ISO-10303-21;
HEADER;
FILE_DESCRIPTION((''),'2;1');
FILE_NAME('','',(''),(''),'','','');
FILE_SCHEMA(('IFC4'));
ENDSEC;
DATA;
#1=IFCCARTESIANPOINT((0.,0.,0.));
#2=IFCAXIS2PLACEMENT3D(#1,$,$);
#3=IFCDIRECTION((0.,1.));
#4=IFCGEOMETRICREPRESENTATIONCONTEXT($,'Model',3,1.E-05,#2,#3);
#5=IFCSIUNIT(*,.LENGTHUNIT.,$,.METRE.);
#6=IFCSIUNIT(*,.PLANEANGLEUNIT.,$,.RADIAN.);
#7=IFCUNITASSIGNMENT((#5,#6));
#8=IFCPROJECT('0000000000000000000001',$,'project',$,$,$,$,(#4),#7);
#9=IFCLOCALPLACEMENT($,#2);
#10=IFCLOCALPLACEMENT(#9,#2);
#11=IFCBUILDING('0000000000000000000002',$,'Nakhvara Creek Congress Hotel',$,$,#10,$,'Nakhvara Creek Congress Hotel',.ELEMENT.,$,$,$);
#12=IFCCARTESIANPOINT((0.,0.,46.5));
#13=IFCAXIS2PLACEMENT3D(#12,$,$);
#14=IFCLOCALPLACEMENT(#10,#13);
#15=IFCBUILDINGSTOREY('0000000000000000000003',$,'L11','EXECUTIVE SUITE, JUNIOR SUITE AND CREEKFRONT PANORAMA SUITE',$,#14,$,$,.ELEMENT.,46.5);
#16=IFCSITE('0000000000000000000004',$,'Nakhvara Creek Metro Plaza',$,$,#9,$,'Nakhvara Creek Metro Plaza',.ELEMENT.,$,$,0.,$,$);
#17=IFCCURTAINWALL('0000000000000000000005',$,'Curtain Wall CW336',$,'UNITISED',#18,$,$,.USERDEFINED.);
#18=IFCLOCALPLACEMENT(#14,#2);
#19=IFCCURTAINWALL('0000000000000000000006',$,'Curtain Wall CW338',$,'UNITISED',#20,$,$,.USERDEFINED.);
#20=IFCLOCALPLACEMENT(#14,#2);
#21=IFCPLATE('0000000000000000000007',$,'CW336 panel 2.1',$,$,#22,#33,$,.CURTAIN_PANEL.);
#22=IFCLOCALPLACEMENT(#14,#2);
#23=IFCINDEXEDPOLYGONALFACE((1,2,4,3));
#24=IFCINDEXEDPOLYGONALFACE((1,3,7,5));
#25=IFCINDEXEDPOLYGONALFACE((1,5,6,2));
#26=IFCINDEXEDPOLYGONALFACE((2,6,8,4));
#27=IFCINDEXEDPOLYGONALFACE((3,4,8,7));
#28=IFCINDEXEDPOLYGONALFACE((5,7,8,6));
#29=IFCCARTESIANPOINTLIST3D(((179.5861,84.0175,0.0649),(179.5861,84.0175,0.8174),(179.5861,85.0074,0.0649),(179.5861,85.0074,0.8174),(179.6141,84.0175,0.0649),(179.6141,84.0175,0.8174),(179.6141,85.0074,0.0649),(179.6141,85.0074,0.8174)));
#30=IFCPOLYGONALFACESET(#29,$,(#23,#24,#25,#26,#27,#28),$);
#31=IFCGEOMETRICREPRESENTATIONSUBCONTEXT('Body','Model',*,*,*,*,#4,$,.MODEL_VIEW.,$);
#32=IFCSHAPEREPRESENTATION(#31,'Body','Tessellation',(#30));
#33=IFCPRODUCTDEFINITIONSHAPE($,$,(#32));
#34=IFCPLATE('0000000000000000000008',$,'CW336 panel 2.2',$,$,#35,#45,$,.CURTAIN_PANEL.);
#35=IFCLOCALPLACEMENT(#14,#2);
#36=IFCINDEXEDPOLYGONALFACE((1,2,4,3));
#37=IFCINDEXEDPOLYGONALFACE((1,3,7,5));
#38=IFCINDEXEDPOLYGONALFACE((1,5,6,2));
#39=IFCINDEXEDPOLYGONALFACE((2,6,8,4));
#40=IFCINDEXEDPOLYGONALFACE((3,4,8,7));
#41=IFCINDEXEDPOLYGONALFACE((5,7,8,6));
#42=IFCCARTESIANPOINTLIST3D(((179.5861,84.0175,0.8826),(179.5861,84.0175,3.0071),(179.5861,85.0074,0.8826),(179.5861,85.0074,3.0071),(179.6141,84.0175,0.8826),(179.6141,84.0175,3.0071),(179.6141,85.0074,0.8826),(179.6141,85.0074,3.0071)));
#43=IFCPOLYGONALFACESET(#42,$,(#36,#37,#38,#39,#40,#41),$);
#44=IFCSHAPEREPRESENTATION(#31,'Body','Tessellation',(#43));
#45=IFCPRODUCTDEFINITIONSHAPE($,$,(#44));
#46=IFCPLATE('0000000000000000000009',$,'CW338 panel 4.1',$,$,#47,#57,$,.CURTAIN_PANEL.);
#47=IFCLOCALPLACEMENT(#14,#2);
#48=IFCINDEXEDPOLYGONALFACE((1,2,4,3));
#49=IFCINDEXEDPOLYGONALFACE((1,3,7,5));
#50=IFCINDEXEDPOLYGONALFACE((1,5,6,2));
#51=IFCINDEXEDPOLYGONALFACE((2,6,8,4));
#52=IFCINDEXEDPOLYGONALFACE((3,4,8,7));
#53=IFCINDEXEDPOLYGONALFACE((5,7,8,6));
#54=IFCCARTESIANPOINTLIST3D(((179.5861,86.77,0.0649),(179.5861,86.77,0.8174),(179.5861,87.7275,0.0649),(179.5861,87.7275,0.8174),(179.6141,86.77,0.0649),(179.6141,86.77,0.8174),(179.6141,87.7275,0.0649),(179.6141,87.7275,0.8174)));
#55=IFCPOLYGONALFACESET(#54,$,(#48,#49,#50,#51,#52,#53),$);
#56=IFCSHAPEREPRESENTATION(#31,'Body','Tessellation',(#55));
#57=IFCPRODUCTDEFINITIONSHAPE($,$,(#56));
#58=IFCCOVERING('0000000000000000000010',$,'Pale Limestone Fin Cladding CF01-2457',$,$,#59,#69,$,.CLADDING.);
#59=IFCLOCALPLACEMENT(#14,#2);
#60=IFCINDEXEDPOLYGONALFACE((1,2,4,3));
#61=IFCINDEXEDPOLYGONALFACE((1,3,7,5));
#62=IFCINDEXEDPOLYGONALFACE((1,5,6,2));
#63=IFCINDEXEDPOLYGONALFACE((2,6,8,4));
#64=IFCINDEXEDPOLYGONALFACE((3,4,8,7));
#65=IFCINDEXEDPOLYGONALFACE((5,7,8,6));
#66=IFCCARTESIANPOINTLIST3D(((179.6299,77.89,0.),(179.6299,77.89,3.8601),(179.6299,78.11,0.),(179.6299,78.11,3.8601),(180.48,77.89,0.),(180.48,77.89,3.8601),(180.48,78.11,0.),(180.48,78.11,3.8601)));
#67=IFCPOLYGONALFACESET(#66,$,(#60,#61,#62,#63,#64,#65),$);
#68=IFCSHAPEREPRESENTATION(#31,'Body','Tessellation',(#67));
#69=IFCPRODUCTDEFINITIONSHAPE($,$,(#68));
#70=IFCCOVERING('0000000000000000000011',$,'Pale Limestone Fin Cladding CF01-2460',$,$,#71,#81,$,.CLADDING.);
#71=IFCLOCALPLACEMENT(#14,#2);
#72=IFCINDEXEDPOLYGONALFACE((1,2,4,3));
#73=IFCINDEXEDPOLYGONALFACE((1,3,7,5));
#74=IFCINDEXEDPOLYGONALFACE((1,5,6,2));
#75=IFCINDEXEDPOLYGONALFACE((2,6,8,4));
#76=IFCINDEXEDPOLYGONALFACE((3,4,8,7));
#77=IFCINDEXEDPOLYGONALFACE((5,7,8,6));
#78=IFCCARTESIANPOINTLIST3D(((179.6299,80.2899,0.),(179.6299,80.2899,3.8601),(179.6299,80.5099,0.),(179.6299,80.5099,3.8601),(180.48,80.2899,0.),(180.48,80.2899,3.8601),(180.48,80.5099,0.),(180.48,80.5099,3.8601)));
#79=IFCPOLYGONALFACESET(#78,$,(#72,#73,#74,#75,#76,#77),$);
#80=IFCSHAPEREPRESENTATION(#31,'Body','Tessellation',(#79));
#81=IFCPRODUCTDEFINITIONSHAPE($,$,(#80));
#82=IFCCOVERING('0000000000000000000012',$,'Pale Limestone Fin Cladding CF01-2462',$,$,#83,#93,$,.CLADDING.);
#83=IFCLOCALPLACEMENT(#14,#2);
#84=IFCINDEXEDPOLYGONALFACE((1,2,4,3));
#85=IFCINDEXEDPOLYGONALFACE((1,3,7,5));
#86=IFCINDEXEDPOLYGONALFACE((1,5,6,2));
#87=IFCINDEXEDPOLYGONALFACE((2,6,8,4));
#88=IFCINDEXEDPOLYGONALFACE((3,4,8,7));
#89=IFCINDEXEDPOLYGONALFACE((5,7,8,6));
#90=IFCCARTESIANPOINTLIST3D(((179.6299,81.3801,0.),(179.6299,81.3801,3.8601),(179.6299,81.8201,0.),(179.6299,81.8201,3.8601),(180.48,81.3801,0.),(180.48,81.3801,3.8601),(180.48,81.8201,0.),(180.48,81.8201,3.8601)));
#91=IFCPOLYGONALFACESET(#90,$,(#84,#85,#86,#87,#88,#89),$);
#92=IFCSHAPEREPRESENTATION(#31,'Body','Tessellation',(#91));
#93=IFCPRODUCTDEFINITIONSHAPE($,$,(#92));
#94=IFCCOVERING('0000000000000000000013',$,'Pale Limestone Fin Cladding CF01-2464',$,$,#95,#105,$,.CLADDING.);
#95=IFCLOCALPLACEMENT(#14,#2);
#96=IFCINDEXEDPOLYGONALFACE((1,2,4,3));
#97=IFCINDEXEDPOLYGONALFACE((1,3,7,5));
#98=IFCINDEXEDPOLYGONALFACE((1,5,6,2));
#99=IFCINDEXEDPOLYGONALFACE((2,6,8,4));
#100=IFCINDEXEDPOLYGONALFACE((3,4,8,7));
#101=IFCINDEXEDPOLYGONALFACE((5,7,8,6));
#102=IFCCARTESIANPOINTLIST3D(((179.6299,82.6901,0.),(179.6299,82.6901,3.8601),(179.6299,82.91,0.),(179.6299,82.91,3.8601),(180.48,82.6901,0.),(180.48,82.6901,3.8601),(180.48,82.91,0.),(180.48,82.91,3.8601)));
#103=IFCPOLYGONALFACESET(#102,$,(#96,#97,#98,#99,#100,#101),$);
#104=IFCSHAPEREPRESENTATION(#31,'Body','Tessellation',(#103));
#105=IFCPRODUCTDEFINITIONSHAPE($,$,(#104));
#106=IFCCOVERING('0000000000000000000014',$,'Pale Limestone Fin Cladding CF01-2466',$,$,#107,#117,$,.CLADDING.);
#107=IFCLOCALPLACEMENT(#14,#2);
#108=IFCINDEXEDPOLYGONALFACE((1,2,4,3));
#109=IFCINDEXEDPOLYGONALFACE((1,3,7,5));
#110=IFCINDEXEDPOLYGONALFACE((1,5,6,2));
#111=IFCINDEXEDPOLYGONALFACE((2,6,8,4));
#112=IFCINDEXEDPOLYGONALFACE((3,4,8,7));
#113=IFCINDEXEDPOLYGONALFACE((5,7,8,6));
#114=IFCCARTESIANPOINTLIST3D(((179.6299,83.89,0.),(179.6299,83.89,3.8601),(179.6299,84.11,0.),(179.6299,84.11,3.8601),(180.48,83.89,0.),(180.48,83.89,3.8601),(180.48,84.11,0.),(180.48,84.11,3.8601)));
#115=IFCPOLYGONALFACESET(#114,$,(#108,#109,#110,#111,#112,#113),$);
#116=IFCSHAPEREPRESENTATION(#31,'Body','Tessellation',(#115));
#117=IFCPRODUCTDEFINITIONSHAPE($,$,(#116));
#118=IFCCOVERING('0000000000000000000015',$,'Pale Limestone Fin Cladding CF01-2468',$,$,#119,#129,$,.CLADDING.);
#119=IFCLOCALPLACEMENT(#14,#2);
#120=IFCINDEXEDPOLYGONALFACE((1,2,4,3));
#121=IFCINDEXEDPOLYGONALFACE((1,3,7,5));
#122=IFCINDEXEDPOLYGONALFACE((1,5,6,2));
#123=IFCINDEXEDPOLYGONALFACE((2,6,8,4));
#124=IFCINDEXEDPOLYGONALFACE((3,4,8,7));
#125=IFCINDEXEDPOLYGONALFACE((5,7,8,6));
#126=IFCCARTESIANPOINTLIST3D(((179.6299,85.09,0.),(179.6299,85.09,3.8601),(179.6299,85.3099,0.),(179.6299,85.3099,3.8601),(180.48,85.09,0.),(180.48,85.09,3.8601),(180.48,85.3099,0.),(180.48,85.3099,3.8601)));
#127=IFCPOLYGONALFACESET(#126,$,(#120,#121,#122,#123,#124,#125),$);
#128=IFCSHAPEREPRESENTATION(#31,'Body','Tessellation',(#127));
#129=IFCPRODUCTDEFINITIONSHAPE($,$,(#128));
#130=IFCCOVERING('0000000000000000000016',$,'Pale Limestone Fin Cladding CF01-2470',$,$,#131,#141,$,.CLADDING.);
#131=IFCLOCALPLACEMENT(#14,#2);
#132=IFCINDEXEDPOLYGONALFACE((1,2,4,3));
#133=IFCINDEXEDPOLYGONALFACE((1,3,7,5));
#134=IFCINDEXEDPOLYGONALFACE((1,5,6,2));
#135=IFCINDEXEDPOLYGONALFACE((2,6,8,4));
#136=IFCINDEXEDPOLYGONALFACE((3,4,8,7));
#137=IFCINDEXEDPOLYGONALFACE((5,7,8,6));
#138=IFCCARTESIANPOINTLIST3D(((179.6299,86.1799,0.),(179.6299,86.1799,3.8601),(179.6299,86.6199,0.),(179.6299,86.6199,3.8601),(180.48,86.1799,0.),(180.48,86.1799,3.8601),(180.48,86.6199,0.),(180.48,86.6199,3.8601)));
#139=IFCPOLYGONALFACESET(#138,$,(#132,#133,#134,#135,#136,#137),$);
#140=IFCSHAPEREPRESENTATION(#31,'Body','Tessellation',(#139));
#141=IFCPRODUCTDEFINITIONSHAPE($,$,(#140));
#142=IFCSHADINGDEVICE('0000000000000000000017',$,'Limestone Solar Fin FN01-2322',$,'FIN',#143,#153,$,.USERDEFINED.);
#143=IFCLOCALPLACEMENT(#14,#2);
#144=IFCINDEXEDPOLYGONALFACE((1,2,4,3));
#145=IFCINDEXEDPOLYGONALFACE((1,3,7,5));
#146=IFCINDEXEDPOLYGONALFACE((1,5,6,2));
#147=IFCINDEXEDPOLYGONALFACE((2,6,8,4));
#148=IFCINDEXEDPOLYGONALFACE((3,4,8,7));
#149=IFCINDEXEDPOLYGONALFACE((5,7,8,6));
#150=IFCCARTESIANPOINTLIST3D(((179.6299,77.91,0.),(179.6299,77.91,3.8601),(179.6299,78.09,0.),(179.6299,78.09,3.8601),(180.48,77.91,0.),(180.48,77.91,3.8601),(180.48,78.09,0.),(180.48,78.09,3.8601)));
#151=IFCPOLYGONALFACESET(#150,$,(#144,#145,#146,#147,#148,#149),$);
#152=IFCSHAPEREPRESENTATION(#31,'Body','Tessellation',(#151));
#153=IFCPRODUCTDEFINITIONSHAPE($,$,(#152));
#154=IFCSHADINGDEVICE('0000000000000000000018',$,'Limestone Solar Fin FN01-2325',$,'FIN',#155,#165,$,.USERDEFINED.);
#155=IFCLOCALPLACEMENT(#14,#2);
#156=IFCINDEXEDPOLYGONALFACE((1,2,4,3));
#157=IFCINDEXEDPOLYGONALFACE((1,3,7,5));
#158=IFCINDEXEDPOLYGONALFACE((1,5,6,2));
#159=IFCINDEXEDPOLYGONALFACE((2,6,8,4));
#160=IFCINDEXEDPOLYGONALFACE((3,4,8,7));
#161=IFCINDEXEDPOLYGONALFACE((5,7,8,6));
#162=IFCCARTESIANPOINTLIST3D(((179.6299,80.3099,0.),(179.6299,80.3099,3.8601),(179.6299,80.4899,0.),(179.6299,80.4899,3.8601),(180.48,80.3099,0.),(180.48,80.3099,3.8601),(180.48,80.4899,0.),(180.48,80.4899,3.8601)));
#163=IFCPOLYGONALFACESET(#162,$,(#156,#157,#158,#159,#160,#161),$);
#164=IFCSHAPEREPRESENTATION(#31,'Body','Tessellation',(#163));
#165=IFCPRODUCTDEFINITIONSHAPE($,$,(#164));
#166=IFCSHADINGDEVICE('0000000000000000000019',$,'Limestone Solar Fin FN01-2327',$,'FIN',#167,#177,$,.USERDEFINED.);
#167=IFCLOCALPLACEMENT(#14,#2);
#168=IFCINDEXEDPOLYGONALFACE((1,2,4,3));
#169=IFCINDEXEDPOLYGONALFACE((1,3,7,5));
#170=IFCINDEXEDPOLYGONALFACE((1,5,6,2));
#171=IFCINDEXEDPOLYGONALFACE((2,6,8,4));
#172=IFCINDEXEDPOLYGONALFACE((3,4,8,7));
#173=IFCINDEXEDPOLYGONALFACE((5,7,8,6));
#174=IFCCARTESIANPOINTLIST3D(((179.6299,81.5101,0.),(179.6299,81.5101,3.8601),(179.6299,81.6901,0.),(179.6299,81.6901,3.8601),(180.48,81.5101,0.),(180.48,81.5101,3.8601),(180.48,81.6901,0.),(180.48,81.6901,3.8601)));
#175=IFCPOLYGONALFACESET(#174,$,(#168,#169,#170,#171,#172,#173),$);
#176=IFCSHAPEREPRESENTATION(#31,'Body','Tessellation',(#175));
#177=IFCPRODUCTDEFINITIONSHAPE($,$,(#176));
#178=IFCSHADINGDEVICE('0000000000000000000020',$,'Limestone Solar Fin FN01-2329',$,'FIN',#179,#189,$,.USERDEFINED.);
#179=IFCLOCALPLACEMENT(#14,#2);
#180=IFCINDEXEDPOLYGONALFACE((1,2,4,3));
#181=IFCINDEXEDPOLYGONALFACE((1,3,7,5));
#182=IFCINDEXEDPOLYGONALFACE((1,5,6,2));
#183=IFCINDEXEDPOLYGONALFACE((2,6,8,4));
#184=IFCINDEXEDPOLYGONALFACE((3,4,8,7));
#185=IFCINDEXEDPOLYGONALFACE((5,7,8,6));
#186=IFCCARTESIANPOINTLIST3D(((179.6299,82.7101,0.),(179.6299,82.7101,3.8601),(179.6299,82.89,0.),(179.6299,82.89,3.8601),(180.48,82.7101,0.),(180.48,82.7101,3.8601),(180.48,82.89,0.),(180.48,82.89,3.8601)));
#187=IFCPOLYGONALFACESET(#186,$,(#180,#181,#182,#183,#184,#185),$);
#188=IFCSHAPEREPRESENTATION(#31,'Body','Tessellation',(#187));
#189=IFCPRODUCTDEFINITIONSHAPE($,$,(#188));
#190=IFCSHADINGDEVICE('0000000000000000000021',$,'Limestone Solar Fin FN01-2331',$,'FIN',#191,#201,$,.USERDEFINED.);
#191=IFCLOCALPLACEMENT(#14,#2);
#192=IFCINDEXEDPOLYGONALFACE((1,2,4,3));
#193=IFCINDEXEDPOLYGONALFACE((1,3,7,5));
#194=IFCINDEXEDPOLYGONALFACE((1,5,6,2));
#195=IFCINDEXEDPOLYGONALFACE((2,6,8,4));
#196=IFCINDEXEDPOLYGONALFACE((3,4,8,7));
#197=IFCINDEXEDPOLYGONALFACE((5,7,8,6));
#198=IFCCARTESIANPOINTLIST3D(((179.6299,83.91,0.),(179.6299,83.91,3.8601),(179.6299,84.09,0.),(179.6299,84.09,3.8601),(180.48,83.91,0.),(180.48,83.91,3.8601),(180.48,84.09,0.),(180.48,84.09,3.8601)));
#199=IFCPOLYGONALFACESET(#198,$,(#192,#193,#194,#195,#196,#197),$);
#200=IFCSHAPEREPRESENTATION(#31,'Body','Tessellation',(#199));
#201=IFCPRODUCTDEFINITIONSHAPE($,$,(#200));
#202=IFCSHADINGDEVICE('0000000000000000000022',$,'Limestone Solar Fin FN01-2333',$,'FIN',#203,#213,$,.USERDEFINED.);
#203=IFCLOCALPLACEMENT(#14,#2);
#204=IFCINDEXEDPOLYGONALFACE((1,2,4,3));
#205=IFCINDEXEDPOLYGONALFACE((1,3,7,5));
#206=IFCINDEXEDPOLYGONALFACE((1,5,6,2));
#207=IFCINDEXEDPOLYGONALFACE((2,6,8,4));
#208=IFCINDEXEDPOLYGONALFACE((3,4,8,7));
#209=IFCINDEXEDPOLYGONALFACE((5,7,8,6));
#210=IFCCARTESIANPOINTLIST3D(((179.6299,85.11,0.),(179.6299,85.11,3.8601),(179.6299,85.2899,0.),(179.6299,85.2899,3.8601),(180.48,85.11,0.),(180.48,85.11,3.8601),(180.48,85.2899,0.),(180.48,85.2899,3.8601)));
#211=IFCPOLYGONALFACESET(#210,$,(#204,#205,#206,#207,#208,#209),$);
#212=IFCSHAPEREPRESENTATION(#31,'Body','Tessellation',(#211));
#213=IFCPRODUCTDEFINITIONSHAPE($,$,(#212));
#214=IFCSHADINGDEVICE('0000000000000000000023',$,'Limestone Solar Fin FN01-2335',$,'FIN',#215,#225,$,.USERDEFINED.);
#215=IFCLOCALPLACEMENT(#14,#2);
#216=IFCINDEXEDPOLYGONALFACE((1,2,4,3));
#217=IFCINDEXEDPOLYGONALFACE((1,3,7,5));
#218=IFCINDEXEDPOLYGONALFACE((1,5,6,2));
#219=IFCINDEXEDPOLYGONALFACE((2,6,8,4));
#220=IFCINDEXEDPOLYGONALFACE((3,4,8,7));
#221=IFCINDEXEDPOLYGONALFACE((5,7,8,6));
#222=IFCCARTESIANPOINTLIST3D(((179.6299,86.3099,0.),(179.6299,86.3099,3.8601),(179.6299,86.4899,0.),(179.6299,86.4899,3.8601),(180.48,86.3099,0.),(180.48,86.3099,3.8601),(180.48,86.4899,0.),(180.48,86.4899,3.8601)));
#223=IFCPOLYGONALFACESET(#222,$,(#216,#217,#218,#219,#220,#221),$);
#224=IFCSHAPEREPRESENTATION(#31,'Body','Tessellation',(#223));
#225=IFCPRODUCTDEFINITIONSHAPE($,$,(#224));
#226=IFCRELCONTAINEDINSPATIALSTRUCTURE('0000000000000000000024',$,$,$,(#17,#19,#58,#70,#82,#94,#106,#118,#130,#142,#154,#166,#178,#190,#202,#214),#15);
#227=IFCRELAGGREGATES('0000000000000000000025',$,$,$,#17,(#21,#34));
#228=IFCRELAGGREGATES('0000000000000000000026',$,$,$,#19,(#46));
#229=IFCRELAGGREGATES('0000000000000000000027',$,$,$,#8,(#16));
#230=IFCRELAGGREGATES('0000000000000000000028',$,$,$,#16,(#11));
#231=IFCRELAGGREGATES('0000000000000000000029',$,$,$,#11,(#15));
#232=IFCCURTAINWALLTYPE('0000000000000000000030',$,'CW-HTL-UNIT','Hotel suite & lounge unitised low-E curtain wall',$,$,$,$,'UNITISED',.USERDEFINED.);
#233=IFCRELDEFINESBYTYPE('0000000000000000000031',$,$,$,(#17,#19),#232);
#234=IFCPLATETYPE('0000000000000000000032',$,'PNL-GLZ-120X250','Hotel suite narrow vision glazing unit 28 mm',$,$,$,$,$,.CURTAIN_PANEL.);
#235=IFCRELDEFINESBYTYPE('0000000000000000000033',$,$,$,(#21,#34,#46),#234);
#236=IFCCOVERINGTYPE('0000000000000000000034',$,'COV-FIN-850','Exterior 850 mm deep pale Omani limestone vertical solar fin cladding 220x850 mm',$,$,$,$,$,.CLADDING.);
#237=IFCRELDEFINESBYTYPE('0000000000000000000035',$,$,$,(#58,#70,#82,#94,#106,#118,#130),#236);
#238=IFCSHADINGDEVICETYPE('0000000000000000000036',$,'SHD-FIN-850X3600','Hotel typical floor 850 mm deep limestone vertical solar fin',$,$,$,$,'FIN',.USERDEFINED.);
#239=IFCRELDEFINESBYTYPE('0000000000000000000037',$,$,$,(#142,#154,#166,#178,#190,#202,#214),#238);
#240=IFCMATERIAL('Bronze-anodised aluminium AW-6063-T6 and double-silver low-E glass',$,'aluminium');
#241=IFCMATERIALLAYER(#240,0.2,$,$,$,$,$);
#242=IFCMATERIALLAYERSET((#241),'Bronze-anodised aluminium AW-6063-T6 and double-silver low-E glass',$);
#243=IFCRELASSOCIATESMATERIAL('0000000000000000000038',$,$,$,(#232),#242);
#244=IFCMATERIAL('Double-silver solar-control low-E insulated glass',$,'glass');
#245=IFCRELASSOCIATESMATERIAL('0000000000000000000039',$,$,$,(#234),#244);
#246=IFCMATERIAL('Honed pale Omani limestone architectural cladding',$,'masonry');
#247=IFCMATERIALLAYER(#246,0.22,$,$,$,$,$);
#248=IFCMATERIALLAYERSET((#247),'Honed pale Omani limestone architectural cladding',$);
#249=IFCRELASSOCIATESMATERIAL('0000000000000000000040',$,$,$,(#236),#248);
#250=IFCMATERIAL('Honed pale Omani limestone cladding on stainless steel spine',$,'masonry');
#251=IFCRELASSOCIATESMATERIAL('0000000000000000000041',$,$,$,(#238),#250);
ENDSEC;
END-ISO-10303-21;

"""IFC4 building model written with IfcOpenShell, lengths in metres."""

from ifc_helpers import new_model, si_unit, direction, frame, origin, origin_2d, place, context, subcontext, project, spatial, rectangle, extrude, material, layer, layer_set, type_object, element, aggregate, save


model = new_model("IFC4")

# Units and contexts
model_context = context("Model", 3, precision=1e-05, world=origin(), true_north=direction((0.0, 1.0)))
body_context = subcontext(model_context, "Body", "Model", "MODEL_VIEW")
ifc_project = project(units=[si_unit("LENGTHUNIT", "METRE"), si_unit("PLANEANGLEUNIT", "RADIAN")], contexts=[model_context])

# Site, building, storey
site_placement = place(None, origin())
site = spatial("IfcSite", under=ifc_project, at=site_placement, Name="Nakhvara Creek Metro Plaza", LongName="Nakhvara Creek Metro Plaza", CompositionType="ELEMENT", RefElevation=0.0)
building_placement = place(site_placement, origin())
building = spatial("IfcBuilding", under=site, at=building_placement, Name="Nakhvara Creek Congress Hotel", LongName="Nakhvara Creek Congress Hotel", CompositionType="ELEMENT")
storey_placement = place(building_placement, frame((0.0, 0.0, 46.5)))
storey = spatial("IfcBuildingStorey", under=building, at=storey_placement, Name="L11", Description="EXECUTIVE SUITE, JUNIOR SUITE AND CREEKFRONT PANORAMA SUITE", CompositionType="ELEMENT", Elevation=46.5)

# Curtain wall
ifc_material_1 = material(Name="Bronze-anodised aluminium AW-6063-T6 and double-silver low-E glass", Category="aluminium")
ifc_layer_1 = layer(ifc_material_1, 0.2)
ifc_layer_set_1 = layer_set([ifc_layer_1], Name="Bronze-anodised aluminium AW-6063-T6 and double-silver low-E glass")
curtain_wall_type = type_object("IfcCurtainWallType", Name="CW-HTL-UNIT", Description="Hotel suite & lounge unitised low-E curtain wall", ElementType="UNITISED", PredefinedType="USERDEFINED", material=ifc_layer_set_1)
curtain_wall_1_placement = place(storey_placement, origin())
curtain_wall_1 = element("IfcCurtainWall", 1, at=curtain_wall_1_placement, inside=storey, type_object=curtain_wall_type, Name="Curtain Wall CW336", ObjectType="UNITISED", PredefinedType="USERDEFINED")

# Curtain wall
curtain_wall_2_placement = place(storey_placement, origin())
curtain_wall_2 = element("IfcCurtainWall", 2, at=curtain_wall_2_placement, inside=storey, type_object=curtain_wall_type, Name="Curtain Wall CW338", ObjectType="UNITISED", PredefinedType="USERDEFINED")

# Plates
ifc_material_2 = material(Name="Double-silver solar-control low-E insulated glass", Category="glass")
plate_type = type_object("IfcPlateType", Name="PNL-GLZ-120X250", Description="Hotel suite narrow vision glazing unit 28 mm", PredefinedType="CURTAIN_PANEL", material=ifc_material_2)
plate_1_placement = place(storey_placement, frame((179.6001, 84.5125, 0.0649), z_axis=(0.0, 0.0, 1.0), x_axis=(0.0, -1.0, 0.0)))
plate_1 = element("IfcPlate", 3, at=plate_1_placement, type_object=plate_type, Name="CW336 panel 2.1", PredefinedType="CURTAIN_PANEL", context=body_context, shape_type="SweptSolid", body=[
    extrude(rectangle(XDim=0.99, YDim=0.0281, at=origin_2d()), origin(), (0.0, 0.0, 1.0), 0.7524),
])
plate_2_placement = place(storey_placement, frame((179.6001, 84.5125, 0.8826), z_axis=(0.0, 0.0, 1.0), x_axis=(0.0, -1.0, 0.0)))
plate_2 = element("IfcPlate", 4, at=plate_2_placement, type_object=plate_type, Name="CW336 panel 2.2", PredefinedType="CURTAIN_PANEL", context=body_context, shape_type="SweptSolid", body=[
    extrude(rectangle(XDim=0.99, YDim=0.0281, at=origin_2d()), origin(), (0.0, 0.0, 1.0), 2.1245),
])
aggregate(curtain_wall_1, [plate_1, plate_2])
plate_3_placement = place(storey_placement, frame((179.6001, 87.2488, 0.0649), z_axis=(0.0, 0.0, 1.0), x_axis=(0.0, -1.0, 0.0)))
plate_3 = element("IfcPlate", 5, at=plate_3_placement, type_object=plate_type, Name="CW338 panel 4.1", PredefinedType="CURTAIN_PANEL", context=body_context, shape_type="SweptSolid", body=[
    extrude(rectangle(XDim=0.9575, YDim=0.0281, at=origin_2d()), origin(), (0.0, 0.0, 1.0), 0.7524),
])
aggregate(curtain_wall_2, [plate_3])

# Coverings
ifc_material_3 = material(Name="Honed pale Omani limestone architectural cladding", Category="masonry")
ifc_layer_2 = layer(ifc_material_3, 0.22)
ifc_layer_set_2 = layer_set([ifc_layer_2], Name="Honed pale Omani limestone architectural cladding")
covering_type = type_object("IfcCoveringType", Name="COV-FIN-850", Description="Exterior 850 mm deep pale Omani limestone vertical solar fin cladding 220x850 mm", PredefinedType="CLADDING", material=ifc_layer_set_2)
for number, where, z_axis, x_axis, name in (
    (6, (180.0549, 78.0, 0.0), (0.0, 0.0, 1.0), (0.0, 1.0, 0.0), "Pale Limestone Fin Cladding CF01-2457"),
    (7, (180.0549, 80.3999, 0.0), (0.0, 0.0, 1.0), (0.0, 1.0, 0.0), "Pale Limestone Fin Cladding CF01-2460"),
):
    element("IfcCovering", number, at=place(storey_placement, frame(where, z_axis=z_axis, x_axis=x_axis)), inside=storey, type_object=covering_type, Name=name, PredefinedType="CLADDING", context=body_context, shape_type="SweptSolid", body=[
        extrude(rectangle(XDim=0.22, YDim=0.8501, at=origin_2d()), origin(), (0.0, 0.0, 1.0), 3.8601),
    ])
covering_1_placement = place(storey_placement, frame((180.0549, 81.6001, 0.0), z_axis=(0.0, 0.0, 1.0), x_axis=(0.0, 1.0, 0.0)))
element("IfcCovering", 8, at=covering_1_placement, inside=storey, type_object=covering_type, Name="Pale Limestone Fin Cladding CF01-2462", PredefinedType="CLADDING", context=body_context, shape_type="SweptSolid", body=[
    extrude(rectangle(XDim=0.4399, YDim=0.8501, at=origin_2d()), origin(), (0.0, 0.0, 1.0), 3.8601),
])
for number, where, z_axis, x_axis, name in (
    (9, (180.0549, 82.8, 0.0), (0.0, 0.0, 1.0), (0.0, 1.0, 0.0), "Pale Limestone Fin Cladding CF01-2464"),
    (10, (180.0549, 84.0, 0.0), (0.0, 0.0, 1.0), (0.0, 1.0, 0.0), "Pale Limestone Fin Cladding CF01-2466"),
    (11, (180.0549, 85.2, 0.0), (0.0, 0.0, 1.0), (0.0, 1.0, 0.0), "Pale Limestone Fin Cladding CF01-2468"),
):
    element("IfcCovering", number, at=place(storey_placement, frame(where, z_axis=z_axis, x_axis=x_axis)), inside=storey, type_object=covering_type, Name=name, PredefinedType="CLADDING", context=body_context, shape_type="SweptSolid", body=[
        extrude(rectangle(XDim=0.22, YDim=0.8501, at=origin_2d()), origin(), (0.0, 0.0, 1.0), 3.8601),
    ])
covering_2_placement = place(storey_placement, frame((180.0549, 86.3999, 0.0), z_axis=(0.0, 0.0, 1.0), x_axis=(0.0, 1.0, 0.0)))
element("IfcCovering", 12, at=covering_2_placement, inside=storey, type_object=covering_type, Name="Pale Limestone Fin Cladding CF01-2470", PredefinedType="CLADDING", context=body_context, shape_type="SweptSolid", body=[
    extrude(rectangle(XDim=0.4399, YDim=0.8501, at=origin_2d()), origin(), (0.0, 0.0, 1.0), 3.8601),
])

# Shading devices
ifc_material_4 = material(Name="Honed pale Omani limestone cladding on stainless steel spine", Category="masonry")
shading_device_type = type_object("IfcShadingDeviceType", Name="SHD-FIN-850X3600", Description="Hotel typical floor 850 mm deep limestone vertical solar fin", ElementType="FIN", PredefinedType="USERDEFINED", material=ifc_material_4)
for number, where, z_axis, x_axis, name in (
    (13, (180.0549, 78.0, 0.0), (0.0, 0.0, 1.0), (0.0, 1.0, 0.0), "Limestone Solar Fin FN01-2322"),
    (14, (180.0549, 80.3999, 0.0), (0.0, 0.0, 1.0), (0.0, 1.0, 0.0), "Limestone Solar Fin FN01-2325"),
    (15, (180.0549, 81.6001, 0.0), (0.0, 0.0, 1.0), (0.0, 1.0, 0.0), "Limestone Solar Fin FN01-2327"),
    (16, (180.0549, 82.8, 0.0), (0.0, 0.0, 1.0), (0.0, 1.0, 0.0), "Limestone Solar Fin FN01-2329"),
    (17, (180.0549, 84.0, 0.0), (0.0, 0.0, 1.0), (0.0, 1.0, 0.0), "Limestone Solar Fin FN01-2331"),
    (18, (180.0549, 85.2, 0.0), (0.0, 0.0, 1.0), (0.0, 1.0, 0.0), "Limestone Solar Fin FN01-2333"),
    (19, (180.0549, 86.3999, 0.0), (0.0, 0.0, 1.0), (0.0, 1.0, 0.0), "Limestone Solar Fin FN01-2335"),
):
    element("IfcShadingDevice", number, at=place(storey_placement, frame(where, z_axis=z_axis, x_axis=x_axis)), inside=storey, type_object=shading_device_type, Name=name, ObjectType="FIN", PredefinedType="USERDEFINED", context=body_context, shape_type="SweptSolid", body=[
        extrude(rectangle(XDim=0.1799, YDim=0.8501, at=origin_2d()), origin(), (0.0, 0.0, 1.0), 3.8601),
    ])

save(model, "model.ifc")
